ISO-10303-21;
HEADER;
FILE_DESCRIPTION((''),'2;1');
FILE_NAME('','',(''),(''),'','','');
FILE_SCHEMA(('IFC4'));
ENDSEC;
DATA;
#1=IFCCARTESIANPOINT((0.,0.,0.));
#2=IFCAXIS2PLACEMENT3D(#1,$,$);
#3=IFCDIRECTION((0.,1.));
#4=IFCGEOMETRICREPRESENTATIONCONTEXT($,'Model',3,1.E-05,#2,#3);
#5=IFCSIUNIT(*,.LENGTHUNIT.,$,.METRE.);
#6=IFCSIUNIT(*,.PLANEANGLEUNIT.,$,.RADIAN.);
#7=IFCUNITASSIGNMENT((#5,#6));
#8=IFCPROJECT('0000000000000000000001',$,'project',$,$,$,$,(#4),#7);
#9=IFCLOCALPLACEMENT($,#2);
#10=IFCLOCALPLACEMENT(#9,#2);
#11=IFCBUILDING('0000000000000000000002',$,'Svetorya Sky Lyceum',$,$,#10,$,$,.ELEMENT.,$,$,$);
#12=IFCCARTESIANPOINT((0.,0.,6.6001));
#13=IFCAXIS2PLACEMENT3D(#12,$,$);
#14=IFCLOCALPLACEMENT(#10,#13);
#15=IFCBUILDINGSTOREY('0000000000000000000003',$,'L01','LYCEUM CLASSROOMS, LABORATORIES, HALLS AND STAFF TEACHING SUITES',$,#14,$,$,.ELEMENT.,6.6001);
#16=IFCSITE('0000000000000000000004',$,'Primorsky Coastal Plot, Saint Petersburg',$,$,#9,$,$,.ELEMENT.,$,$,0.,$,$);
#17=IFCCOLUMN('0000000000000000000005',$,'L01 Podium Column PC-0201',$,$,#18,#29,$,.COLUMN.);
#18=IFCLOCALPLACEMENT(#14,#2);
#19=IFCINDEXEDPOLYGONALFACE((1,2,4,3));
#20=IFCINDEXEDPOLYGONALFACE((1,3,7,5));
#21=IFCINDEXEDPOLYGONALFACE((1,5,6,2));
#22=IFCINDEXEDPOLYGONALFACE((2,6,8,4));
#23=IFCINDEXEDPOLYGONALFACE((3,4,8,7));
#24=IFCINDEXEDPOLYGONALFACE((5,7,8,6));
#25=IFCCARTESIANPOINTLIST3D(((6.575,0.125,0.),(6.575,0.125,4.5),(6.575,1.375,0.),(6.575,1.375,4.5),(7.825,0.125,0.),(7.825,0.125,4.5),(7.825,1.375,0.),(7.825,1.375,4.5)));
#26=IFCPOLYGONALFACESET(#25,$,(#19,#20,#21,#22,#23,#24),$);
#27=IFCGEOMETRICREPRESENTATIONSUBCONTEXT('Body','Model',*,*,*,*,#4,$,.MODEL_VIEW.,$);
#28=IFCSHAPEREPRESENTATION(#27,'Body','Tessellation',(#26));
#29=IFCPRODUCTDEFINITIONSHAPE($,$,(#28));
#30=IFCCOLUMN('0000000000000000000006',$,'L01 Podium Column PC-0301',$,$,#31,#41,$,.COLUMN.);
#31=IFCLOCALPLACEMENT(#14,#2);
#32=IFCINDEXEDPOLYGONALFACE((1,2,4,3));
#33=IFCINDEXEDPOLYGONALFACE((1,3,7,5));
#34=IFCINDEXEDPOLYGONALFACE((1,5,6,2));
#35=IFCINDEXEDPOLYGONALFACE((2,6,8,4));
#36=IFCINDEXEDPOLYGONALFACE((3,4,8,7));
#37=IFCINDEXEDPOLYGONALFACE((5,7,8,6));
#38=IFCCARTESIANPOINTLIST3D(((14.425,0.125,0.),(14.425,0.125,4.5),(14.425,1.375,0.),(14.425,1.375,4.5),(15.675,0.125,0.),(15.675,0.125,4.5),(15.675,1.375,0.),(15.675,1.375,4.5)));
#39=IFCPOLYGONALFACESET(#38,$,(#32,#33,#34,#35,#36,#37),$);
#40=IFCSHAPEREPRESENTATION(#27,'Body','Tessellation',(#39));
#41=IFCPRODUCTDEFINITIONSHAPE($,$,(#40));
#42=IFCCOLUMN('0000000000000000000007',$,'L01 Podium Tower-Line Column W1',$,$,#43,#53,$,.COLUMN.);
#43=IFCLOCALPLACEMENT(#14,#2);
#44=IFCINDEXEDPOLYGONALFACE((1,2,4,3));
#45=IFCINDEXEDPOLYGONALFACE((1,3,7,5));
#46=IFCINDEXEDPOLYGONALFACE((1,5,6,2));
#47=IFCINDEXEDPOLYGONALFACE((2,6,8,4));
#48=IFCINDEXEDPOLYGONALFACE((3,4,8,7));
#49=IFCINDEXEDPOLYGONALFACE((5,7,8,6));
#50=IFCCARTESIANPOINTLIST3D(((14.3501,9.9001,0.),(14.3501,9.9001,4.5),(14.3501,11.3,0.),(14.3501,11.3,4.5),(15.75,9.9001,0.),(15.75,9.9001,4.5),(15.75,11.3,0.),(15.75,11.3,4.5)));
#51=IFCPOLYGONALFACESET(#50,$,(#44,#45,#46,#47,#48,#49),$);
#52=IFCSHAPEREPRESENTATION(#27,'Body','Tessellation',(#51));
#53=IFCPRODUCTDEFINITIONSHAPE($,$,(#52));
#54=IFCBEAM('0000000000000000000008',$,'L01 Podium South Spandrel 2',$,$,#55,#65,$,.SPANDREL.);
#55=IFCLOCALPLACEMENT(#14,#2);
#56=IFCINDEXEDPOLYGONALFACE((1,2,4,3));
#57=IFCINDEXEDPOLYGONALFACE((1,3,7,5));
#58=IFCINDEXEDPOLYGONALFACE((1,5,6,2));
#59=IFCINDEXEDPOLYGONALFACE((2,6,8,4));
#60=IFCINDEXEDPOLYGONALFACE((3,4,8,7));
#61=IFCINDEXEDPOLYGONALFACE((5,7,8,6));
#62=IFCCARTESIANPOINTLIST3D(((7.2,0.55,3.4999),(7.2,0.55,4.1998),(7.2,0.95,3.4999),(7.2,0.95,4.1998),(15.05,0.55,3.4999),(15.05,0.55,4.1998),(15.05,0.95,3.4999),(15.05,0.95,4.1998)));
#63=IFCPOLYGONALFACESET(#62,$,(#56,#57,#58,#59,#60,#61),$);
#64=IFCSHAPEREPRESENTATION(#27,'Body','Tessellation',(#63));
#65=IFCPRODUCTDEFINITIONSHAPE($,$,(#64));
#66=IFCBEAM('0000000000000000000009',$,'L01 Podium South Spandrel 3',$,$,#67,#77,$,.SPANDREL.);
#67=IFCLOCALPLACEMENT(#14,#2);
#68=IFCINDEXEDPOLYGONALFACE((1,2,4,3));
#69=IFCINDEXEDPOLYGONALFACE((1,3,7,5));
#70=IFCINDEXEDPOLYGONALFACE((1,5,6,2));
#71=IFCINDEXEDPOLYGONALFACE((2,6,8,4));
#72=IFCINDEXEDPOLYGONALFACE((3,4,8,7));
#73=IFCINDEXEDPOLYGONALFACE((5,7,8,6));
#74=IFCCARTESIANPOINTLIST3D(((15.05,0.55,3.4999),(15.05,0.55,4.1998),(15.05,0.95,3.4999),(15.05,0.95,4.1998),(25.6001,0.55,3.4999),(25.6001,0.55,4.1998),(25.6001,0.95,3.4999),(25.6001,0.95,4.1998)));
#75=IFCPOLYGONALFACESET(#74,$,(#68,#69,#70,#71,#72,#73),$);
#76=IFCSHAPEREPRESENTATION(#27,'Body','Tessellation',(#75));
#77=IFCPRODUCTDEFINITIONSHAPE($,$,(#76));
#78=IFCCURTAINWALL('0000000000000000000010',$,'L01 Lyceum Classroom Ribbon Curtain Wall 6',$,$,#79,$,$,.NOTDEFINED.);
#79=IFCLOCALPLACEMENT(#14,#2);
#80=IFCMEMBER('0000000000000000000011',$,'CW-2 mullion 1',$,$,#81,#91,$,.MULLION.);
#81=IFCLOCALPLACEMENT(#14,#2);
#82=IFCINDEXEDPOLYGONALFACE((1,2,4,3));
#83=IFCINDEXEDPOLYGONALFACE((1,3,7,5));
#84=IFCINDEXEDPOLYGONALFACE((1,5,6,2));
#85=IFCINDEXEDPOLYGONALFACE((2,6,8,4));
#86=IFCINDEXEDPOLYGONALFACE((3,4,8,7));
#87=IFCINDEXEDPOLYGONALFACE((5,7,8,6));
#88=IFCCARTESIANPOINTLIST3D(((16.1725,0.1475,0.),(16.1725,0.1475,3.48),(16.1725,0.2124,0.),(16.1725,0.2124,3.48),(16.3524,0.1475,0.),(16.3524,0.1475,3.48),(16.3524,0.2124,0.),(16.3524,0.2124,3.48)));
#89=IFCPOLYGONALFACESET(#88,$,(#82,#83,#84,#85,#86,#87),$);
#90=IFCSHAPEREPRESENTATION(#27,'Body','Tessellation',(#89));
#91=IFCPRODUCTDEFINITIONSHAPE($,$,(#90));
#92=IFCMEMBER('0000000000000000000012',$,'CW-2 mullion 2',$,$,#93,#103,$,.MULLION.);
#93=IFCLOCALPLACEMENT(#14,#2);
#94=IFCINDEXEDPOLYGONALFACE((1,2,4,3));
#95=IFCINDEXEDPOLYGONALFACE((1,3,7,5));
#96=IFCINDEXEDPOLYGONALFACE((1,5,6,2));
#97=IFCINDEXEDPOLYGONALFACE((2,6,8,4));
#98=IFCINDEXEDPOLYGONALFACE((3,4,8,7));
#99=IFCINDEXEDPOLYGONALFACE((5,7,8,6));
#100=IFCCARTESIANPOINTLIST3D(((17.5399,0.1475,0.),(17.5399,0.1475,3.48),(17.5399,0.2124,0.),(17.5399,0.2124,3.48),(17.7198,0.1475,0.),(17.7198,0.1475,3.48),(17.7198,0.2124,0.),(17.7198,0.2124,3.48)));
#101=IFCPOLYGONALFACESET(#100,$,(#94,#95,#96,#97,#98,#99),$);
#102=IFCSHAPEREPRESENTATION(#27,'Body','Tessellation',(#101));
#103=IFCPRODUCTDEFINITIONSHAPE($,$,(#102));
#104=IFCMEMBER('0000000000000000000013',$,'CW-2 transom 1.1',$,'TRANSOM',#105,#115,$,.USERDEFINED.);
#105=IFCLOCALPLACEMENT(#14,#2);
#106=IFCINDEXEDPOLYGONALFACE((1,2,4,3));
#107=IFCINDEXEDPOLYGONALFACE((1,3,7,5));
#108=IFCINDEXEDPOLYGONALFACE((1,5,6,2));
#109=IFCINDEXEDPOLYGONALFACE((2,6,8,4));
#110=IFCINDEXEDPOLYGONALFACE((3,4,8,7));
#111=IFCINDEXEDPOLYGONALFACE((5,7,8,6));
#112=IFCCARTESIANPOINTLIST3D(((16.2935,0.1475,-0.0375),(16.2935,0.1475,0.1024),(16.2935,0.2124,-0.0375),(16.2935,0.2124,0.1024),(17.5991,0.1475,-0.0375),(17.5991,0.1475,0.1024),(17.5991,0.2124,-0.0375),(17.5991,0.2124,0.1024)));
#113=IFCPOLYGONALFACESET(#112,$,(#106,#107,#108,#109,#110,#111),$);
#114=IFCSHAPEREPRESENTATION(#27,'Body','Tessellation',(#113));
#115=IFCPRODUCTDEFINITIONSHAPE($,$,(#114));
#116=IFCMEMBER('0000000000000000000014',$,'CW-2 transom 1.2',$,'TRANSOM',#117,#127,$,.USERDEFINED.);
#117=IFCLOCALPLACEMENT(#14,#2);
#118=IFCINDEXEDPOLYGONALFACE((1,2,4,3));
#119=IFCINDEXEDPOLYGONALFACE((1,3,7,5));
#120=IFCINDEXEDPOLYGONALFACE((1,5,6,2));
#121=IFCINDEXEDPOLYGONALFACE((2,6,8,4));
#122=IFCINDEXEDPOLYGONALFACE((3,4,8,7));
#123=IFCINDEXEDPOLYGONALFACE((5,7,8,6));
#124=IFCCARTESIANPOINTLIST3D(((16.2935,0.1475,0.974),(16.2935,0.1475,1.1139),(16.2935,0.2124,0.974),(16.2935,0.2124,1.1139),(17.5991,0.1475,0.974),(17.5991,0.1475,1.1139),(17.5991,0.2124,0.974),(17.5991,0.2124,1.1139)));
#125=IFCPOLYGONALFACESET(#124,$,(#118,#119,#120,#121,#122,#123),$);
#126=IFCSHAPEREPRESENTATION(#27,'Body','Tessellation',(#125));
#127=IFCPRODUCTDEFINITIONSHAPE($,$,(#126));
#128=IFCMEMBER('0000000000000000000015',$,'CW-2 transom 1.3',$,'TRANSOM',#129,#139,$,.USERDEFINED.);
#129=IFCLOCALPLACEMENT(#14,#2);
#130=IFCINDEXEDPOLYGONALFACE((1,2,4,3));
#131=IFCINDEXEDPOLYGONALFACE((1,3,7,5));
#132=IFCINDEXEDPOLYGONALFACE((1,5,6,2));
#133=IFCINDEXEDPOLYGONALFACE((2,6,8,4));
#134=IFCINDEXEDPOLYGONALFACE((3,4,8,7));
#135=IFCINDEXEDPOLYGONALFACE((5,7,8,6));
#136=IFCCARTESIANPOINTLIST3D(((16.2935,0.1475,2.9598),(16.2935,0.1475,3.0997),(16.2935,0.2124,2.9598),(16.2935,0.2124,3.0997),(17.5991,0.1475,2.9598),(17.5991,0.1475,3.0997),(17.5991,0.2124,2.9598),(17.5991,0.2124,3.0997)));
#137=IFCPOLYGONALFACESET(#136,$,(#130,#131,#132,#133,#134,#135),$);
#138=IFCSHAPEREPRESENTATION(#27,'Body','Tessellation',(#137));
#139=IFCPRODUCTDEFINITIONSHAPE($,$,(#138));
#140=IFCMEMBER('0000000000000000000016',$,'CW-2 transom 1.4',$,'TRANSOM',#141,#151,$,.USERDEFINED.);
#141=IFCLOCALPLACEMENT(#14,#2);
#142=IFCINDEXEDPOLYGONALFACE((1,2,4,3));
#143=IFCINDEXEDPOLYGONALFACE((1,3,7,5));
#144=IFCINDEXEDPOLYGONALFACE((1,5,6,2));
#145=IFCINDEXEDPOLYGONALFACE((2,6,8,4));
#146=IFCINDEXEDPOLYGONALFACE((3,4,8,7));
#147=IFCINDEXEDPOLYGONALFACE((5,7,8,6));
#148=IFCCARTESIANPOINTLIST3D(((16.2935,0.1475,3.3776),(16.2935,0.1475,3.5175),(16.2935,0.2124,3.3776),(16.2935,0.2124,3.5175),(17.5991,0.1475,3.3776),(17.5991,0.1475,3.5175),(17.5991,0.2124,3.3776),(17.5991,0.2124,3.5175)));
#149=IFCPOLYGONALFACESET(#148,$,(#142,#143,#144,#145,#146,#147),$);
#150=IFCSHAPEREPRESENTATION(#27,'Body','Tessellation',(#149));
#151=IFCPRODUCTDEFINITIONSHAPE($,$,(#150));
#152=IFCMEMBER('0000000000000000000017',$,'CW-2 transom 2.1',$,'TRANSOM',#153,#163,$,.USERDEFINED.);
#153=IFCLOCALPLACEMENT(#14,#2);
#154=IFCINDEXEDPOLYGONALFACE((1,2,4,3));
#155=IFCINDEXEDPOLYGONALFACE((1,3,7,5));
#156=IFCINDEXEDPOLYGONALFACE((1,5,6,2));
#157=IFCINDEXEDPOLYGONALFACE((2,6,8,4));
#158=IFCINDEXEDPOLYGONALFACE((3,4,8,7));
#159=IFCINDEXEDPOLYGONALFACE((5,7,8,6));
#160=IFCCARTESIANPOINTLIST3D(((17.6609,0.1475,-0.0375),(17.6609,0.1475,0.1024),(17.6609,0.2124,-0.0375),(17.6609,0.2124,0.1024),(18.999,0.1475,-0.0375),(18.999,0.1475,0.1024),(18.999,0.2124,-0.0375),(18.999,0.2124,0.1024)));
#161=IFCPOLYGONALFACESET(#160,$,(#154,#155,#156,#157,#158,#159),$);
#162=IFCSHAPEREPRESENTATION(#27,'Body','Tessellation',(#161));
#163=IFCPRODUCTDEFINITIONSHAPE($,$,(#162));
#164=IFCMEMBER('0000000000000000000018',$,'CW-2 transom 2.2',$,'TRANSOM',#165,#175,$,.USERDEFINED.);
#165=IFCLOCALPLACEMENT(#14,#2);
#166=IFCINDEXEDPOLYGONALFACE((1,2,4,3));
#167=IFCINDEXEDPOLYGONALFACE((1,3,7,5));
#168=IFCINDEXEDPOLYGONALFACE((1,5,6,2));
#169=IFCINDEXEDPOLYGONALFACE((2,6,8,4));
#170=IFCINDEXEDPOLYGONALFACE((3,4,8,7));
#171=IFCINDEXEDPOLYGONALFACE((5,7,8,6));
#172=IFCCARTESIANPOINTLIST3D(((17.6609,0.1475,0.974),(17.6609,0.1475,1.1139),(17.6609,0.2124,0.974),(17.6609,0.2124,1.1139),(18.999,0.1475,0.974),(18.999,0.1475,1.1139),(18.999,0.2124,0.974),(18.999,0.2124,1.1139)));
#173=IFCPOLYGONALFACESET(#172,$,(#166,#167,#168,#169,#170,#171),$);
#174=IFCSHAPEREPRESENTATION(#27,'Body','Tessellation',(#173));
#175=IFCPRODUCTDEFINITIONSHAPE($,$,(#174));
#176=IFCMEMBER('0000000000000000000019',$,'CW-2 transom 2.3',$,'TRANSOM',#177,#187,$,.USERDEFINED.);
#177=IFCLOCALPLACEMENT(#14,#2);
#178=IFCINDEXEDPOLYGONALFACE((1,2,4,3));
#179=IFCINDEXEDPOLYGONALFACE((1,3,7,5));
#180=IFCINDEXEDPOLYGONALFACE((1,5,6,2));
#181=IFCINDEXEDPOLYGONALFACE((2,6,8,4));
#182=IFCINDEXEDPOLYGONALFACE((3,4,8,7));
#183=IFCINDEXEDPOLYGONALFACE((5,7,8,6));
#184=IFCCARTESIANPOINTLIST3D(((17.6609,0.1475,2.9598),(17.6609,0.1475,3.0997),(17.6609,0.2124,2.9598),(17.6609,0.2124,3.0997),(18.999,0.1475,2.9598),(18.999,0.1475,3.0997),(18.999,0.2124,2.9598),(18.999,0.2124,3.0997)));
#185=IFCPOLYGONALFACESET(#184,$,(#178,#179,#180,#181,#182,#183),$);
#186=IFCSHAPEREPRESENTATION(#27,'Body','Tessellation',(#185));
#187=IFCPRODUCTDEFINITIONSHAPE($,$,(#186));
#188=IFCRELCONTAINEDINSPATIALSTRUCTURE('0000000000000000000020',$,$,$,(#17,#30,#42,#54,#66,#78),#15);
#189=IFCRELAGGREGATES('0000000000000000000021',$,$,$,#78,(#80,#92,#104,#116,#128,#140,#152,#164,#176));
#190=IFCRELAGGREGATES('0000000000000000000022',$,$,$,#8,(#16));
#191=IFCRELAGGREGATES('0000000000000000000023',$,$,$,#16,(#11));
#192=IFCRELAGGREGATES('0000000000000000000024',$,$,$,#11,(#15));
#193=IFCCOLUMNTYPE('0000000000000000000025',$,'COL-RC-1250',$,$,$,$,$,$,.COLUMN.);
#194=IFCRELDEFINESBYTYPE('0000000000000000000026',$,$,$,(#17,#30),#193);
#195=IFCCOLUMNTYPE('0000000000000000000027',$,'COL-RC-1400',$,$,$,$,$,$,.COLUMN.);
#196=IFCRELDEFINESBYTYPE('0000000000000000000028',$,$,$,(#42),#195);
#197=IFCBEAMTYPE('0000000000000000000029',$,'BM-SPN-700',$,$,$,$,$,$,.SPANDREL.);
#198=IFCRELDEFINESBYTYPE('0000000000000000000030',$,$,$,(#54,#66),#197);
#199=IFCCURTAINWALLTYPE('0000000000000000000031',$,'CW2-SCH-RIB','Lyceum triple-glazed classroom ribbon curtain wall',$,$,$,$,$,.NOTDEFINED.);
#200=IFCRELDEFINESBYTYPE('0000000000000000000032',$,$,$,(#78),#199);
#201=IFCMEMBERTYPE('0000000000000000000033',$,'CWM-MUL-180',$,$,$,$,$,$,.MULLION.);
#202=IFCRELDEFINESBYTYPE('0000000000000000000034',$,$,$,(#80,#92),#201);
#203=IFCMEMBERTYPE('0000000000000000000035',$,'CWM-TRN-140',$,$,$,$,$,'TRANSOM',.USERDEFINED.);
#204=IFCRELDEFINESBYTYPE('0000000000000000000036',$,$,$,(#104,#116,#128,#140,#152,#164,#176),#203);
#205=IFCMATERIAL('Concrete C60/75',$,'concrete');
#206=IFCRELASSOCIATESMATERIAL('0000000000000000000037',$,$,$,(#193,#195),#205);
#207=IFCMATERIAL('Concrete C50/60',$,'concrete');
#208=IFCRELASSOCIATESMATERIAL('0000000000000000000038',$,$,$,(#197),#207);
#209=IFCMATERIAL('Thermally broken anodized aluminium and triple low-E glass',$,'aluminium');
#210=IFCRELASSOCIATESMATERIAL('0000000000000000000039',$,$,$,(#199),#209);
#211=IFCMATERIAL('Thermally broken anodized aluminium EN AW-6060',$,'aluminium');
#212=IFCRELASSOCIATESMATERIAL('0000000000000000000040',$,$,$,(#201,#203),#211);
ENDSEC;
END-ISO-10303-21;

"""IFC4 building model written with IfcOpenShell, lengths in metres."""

from ifc_helpers import new_model, si_unit, direction, frame, origin, origin_2d, place, context, subcontext, project, spatial, rectangle, extrude, material, material_profile, profile_set, type_object, element, aggregate, save


model = new_model("IFC4")

# Units and contexts
model_context = context("Model", 3, precision=1e-05, world=origin(), true_north=direction((0.0, 1.0)))
body_context = subcontext(model_context, "Body", "Model", "MODEL_VIEW")
ifc_project = project(units=[si_unit("LENGTHUNIT", "METRE"), si_unit("PLANEANGLEUNIT", "RADIAN")], contexts=[model_context])

# Site, building, storey
site_placement = place(None, origin())
site = spatial("IfcSite", under=ifc_project, at=site_placement, Name="Primorsky Coastal Plot, Saint Petersburg", CompositionType="ELEMENT", RefElevation=0.0)
building_placement = place(site_placement, origin())
building = spatial("IfcBuilding", under=site, at=building_placement, Name="Svetorya Sky Lyceum", CompositionType="ELEMENT")
storey_placement = place(building_placement, frame((0.0, 0.0, 6.6001)))
storey = spatial("IfcBuildingStorey", under=building, at=storey_placement, Name="L01", Description="LYCEUM CLASSROOMS, LABORATORIES, HALLS AND STAFF TEACHING SUITES", CompositionType="ELEMENT", Elevation=6.6001)

# Columns
ifc_material_1 = material(Name="Concrete C60/75", Category="concrete")
ifc_material_profile_1 = material_profile(ifc_material_1, rectangle(XDim=1.25, YDim=1.25, at=origin_2d()), Name="RC COL 1250x1250")
ifc_profile_set_1 = profile_set([ifc_material_profile_1], Name="Concrete C60/75")
column_type_1 = type_object("IfcColumnType", Name="COL-RC-1250", PredefinedType="COLUMN", material=ifc_profile_set_1)
for number, where, z_axis, x_axis, name in (
    (1, (7.2, 0.75, 0.0), (0.0, 0.0, 1.0), (1.0, 0.0, 0.0), "L01 Podium Column PC-0201"),
    (2, (15.05, 0.75, 0.0), (0.0, 0.0, 1.0), (1.0, 0.0, 0.0), "L01 Podium Column PC-0301"),
):
    element("IfcColumn", number, at=place(storey_placement, frame(where, z_axis=z_axis, x_axis=x_axis)), inside=storey, type_object=column_type_1, Name=name, PredefinedType="COLUMN", context=body_context, shape_type="SweptSolid", body=[
        extrude(rectangle(XDim=1.25, YDim=1.25, at=origin_2d()), origin(), (0.0, 0.0, 1.0), 4.5),
    ])
ifc_material_profile_2 = material_profile(ifc_material_1, rectangle(XDim=1.3999, YDim=1.3999, at=origin_2d()), Name="RC COL 1400x1400")
ifc_profile_set_2 = profile_set([ifc_material_profile_2], Name="Concrete C60/75")
column_type_2 = type_object("IfcColumnType", Name="COL-RC-1400", PredefinedType="COLUMN", material=ifc_profile_set_2)
column_placement = place(storey_placement, frame((15.05, 10.6001, 0.0), z_axis=(0.0, 0.0, 1.0), x_axis=(1.0, 0.0, 0.0)))
element("IfcColumn", 3, at=column_placement, inside=storey, type_object=column_type_2, Name="L01 Podium Tower-Line Column W1", PredefinedType="COLUMN", context=body_context, shape_type="SweptSolid", body=[
    extrude(rectangle(XDim=1.3999, YDim=1.3999, at=origin_2d()), origin(), (0.0, 0.0, 1.0), 4.5),
])

# Beams
ifc_material_2 = material(Name="Concrete C50/60", Category="concrete")
ifc_material_profile_3 = material_profile(ifc_material_2, rectangle(XDim=0.3999, YDim=0.7, at=origin_2d()), Name="RC SPANDREL 400x700")
ifc_profile_set_3 = profile_set([ifc_material_profile_3], Name="Concrete C50/60")
beam_type = type_object("IfcBeamType", Name="BM-SPN-700", PredefinedType="SPANDREL", material=ifc_profile_set_3)
beam_1_placement = place(storey_placement, frame((7.2, 0.75, 3.8499), z_axis=(1.0, 0.0, 0.0), x_axis=(0.0, 1.0, 0.0)))
element("IfcBeam", 4, at=beam_1_placement, inside=storey, type_object=beam_type, Name="L01 Podium South Spandrel 2", PredefinedType="SPANDREL", context=body_context, shape_type="SweptSolid", body=[
    extrude(rectangle(XDim=0.3999, YDim=0.7, at=origin_2d()), origin(), (0.0, 0.0, 1.0), 7.8501),
])
beam_2_placement = place(storey_placement, frame((15.05, 0.75, 3.8499), z_axis=(1.0, 0.0, 0.0), x_axis=(0.0, 1.0, 0.0)))
element("IfcBeam", 5, at=beam_2_placement, inside=storey, type_object=beam_type, Name="L01 Podium South Spandrel 3", PredefinedType="SPANDREL", context=body_context, shape_type="SweptSolid", body=[
    extrude(rectangle(XDim=0.3999, YDim=0.7, at=origin_2d()), origin(), (0.0, 0.0, 1.0), 10.55),
])

# Curtain wall, members
ifc_material_3 = material(Name="Thermally broken anodized aluminium and triple low-E glass", Category="aluminium")
curtain_wall_type = type_object("IfcCurtainWallType", Name="CW2-SCH-RIB", Description="Lyceum triple-glazed classroom ribbon curtain wall", PredefinedType="NOTDEFINED", material=ifc_material_3)
curtain_wall_placement = place(storey_placement, origin())
curtain_wall = element("IfcCurtainWall", 6, at=curtain_wall_placement, inside=storey, type_object=curtain_wall_type, Name="L01 Lyceum Classroom Ribbon Curtain Wall 6", PredefinedType="NOTDEFINED")
ifc_material_4 = material(Name="Thermally broken anodized aluminium EN AW-6060", Category="aluminium")
ifc_material_profile_4 = material_profile(ifc_material_4, rectangle(XDim=0.0649, YDim=0.1799, at=origin_2d()), Name="ALU MULLION 65x180")
ifc_profile_set_4 = profile_set([ifc_material_profile_4], Name="Thermally broken anodized aluminium EN AW-6060")
member_type_1 = type_object("IfcMemberType", Name="CWM-MUL-180", PredefinedType="MULLION", material=ifc_profile_set_4)
member_1_placement = place(storey_placement, frame((16.2625, 0.1799, 0.0), z_axis=(0.0, 0.0, 1.0), x_axis=(0.0, 1.0, 0.0)))
member_1 = element("IfcMember", 7, at=member_1_placement, type_object=member_type_1, Name="CW-2 mullion 1", PredefinedType="MULLION", context=body_context, shape_type="SweptSolid", body=[
    extrude(rectangle(XDim=0.0649, YDim=0.1799, at=origin_2d()), origin(), (0.0, 0.0, 1.0), 3.48),
])
member_2_placement = place(storey_placement, frame((17.6299, 0.1799, 0.0), z_axis=(0.0, 0.0, 1.0), x_axis=(0.0, 1.0, 0.0)))
member_2 = element("IfcMember", 8, at=member_2_placement, type_object=member_type_1, Name="CW-2 mullion 2", PredefinedType="MULLION", context=body_context, shape_type="SweptSolid", body=[
    extrude(rectangle(XDim=0.0649, YDim=0.1799, at=origin_2d()), origin(), (0.0, 0.0, 1.0), 3.48),
])
ifc_material_profile_5 = material_profile(ifc_material_4, rectangle(XDim=0.0649, YDim=0.1399, at=origin_2d()), Name="ALU TRANSOM 65x140")
ifc_profile_set_5 = profile_set([ifc_material_profile_5], Name="Thermally broken anodized aluminium EN AW-6060")
member_type_2 = type_object("IfcMemberType", Name="CWM-TRN-140", ElementType="TRANSOM", PredefinedType="USERDEFINED", material=ifc_profile_set_5)
member_3_placement = place(storey_placement, frame((16.2935, 0.1799, 0.0325), z_axis=(1.0, 0.0, 0.0), x_axis=(0.0, 1.0, 0.0)))
member_3 = element("IfcMember", 9, at=member_3_placement, type_object=member_type_2, Name="CW-2 transom 1.1", ObjectType="TRANSOM", PredefinedType="USERDEFINED", context=body_context, shape_type="SweptSolid", body=[
    extrude(rectangle(XDim=0.0649, YDim=0.1399, at=origin_2d()), origin(), (0.0, 0.0, 1.0), 1.3057),
])
member_4_placement = place(storey_placement, frame((16.2935, 0.1799, 1.0439), z_axis=(1.0, 0.0, 0.0), x_axis=(0.0, 1.0, 0.0)))
member_4 = element("IfcMember", 10, at=member_4_placement, type_object=member_type_2, Name="CW-2 transom 1.2", ObjectType="TRANSOM", PredefinedType="USERDEFINED", context=body_context, shape_type="SweptSolid", body=[
    extrude(rectangle(XDim=0.0649, YDim=0.1399, at=origin_2d()), origin(), (0.0, 0.0, 1.0), 1.3057),
])
member_5_placement = place(storey_placement, frame((16.2935, 0.1799, 3.0298), z_axis=(1.0, 0.0, 0.0), x_axis=(0.0, 1.0, 0.0)))
member_5 = element("IfcMember", 11, at=member_5_placement, type_object=member_type_2, Name="CW-2 transom 1.3", ObjectType="TRANSOM", PredefinedType="USERDEFINED", context=body_context, shape_type="SweptSolid", body=[
    extrude(rectangle(XDim=0.0649, YDim=0.1399, at=origin_2d()), origin(), (0.0, 0.0, 1.0), 1.3057),
])
member_6_placement = place(storey_placement, frame((16.2935, 0.1799, 3.4475), z_axis=(1.0, 0.0, 0.0), x_axis=(0.0, 1.0, 0.0)))
member_6 = element("IfcMember", 12, at=member_6_placement, type_object=member_type_2, Name="CW-2 transom 1.4", ObjectType="TRANSOM", PredefinedType="USERDEFINED", context=body_context, shape_type="SweptSolid", body=[
    extrude(rectangle(XDim=0.0649, YDim=0.1399, at=origin_2d()), origin(), (0.0, 0.0, 1.0), 1.3057),
])
member_7_placement = place(storey_placement, frame((17.6609, 0.1799, 0.0325), z_axis=(1.0, 0.0, 0.0), x_axis=(0.0, 1.0, 0.0)))
member_7 = element("IfcMember", 13, at=member_7_placement, type_object=member_type_2, Name="CW-2 transom 2.1", ObjectType="TRANSOM", PredefinedType="USERDEFINED", context=body_context, shape_type="SweptSolid", body=[
    extrude(rectangle(XDim=0.0649, YDim=0.1399, at=origin_2d()), origin(), (0.0, 0.0, 1.0), 1.3381),
])
member_8_placement = place(storey_placement, frame((17.6609, 0.1799, 1.0439), z_axis=(1.0, 0.0, 0.0), x_axis=(0.0, 1.0, 0.0)))
member_8 = element("IfcMember", 14, at=member_8_placement, type_object=member_type_2, Name="CW-2 transom 2.2", ObjectType="TRANSOM", PredefinedType="USERDEFINED", context=body_context, shape_type="SweptSolid", body=[
    extrude(rectangle(XDim=0.0649, YDim=0.1399, at=origin_2d()), origin(), (0.0, 0.0, 1.0), 1.3381),
])
member_9_placement = place(storey_placement, frame((17.6609, 0.1799, 3.0298), z_axis=(1.0, 0.0, 0.0), x_axis=(0.0, 1.0, 0.0)))
member_9 = element("IfcMember", 15, at=member_9_placement, type_object=member_type_2, Name="CW-2 transom 2.3", ObjectType="TRANSOM", PredefinedType="USERDEFINED", context=body_context, shape_type="SweptSolid", body=[
    extrude(rectangle(XDim=0.0649, YDim=0.1399, at=origin_2d()), origin(), (0.0, 0.0, 1.0), 1.3381),
])
aggregate(curtain_wall, [member_1, member_2, member_3, member_4, member_5, member_6, member_7, member_8, member_9])

save(model, "model.ifc")
